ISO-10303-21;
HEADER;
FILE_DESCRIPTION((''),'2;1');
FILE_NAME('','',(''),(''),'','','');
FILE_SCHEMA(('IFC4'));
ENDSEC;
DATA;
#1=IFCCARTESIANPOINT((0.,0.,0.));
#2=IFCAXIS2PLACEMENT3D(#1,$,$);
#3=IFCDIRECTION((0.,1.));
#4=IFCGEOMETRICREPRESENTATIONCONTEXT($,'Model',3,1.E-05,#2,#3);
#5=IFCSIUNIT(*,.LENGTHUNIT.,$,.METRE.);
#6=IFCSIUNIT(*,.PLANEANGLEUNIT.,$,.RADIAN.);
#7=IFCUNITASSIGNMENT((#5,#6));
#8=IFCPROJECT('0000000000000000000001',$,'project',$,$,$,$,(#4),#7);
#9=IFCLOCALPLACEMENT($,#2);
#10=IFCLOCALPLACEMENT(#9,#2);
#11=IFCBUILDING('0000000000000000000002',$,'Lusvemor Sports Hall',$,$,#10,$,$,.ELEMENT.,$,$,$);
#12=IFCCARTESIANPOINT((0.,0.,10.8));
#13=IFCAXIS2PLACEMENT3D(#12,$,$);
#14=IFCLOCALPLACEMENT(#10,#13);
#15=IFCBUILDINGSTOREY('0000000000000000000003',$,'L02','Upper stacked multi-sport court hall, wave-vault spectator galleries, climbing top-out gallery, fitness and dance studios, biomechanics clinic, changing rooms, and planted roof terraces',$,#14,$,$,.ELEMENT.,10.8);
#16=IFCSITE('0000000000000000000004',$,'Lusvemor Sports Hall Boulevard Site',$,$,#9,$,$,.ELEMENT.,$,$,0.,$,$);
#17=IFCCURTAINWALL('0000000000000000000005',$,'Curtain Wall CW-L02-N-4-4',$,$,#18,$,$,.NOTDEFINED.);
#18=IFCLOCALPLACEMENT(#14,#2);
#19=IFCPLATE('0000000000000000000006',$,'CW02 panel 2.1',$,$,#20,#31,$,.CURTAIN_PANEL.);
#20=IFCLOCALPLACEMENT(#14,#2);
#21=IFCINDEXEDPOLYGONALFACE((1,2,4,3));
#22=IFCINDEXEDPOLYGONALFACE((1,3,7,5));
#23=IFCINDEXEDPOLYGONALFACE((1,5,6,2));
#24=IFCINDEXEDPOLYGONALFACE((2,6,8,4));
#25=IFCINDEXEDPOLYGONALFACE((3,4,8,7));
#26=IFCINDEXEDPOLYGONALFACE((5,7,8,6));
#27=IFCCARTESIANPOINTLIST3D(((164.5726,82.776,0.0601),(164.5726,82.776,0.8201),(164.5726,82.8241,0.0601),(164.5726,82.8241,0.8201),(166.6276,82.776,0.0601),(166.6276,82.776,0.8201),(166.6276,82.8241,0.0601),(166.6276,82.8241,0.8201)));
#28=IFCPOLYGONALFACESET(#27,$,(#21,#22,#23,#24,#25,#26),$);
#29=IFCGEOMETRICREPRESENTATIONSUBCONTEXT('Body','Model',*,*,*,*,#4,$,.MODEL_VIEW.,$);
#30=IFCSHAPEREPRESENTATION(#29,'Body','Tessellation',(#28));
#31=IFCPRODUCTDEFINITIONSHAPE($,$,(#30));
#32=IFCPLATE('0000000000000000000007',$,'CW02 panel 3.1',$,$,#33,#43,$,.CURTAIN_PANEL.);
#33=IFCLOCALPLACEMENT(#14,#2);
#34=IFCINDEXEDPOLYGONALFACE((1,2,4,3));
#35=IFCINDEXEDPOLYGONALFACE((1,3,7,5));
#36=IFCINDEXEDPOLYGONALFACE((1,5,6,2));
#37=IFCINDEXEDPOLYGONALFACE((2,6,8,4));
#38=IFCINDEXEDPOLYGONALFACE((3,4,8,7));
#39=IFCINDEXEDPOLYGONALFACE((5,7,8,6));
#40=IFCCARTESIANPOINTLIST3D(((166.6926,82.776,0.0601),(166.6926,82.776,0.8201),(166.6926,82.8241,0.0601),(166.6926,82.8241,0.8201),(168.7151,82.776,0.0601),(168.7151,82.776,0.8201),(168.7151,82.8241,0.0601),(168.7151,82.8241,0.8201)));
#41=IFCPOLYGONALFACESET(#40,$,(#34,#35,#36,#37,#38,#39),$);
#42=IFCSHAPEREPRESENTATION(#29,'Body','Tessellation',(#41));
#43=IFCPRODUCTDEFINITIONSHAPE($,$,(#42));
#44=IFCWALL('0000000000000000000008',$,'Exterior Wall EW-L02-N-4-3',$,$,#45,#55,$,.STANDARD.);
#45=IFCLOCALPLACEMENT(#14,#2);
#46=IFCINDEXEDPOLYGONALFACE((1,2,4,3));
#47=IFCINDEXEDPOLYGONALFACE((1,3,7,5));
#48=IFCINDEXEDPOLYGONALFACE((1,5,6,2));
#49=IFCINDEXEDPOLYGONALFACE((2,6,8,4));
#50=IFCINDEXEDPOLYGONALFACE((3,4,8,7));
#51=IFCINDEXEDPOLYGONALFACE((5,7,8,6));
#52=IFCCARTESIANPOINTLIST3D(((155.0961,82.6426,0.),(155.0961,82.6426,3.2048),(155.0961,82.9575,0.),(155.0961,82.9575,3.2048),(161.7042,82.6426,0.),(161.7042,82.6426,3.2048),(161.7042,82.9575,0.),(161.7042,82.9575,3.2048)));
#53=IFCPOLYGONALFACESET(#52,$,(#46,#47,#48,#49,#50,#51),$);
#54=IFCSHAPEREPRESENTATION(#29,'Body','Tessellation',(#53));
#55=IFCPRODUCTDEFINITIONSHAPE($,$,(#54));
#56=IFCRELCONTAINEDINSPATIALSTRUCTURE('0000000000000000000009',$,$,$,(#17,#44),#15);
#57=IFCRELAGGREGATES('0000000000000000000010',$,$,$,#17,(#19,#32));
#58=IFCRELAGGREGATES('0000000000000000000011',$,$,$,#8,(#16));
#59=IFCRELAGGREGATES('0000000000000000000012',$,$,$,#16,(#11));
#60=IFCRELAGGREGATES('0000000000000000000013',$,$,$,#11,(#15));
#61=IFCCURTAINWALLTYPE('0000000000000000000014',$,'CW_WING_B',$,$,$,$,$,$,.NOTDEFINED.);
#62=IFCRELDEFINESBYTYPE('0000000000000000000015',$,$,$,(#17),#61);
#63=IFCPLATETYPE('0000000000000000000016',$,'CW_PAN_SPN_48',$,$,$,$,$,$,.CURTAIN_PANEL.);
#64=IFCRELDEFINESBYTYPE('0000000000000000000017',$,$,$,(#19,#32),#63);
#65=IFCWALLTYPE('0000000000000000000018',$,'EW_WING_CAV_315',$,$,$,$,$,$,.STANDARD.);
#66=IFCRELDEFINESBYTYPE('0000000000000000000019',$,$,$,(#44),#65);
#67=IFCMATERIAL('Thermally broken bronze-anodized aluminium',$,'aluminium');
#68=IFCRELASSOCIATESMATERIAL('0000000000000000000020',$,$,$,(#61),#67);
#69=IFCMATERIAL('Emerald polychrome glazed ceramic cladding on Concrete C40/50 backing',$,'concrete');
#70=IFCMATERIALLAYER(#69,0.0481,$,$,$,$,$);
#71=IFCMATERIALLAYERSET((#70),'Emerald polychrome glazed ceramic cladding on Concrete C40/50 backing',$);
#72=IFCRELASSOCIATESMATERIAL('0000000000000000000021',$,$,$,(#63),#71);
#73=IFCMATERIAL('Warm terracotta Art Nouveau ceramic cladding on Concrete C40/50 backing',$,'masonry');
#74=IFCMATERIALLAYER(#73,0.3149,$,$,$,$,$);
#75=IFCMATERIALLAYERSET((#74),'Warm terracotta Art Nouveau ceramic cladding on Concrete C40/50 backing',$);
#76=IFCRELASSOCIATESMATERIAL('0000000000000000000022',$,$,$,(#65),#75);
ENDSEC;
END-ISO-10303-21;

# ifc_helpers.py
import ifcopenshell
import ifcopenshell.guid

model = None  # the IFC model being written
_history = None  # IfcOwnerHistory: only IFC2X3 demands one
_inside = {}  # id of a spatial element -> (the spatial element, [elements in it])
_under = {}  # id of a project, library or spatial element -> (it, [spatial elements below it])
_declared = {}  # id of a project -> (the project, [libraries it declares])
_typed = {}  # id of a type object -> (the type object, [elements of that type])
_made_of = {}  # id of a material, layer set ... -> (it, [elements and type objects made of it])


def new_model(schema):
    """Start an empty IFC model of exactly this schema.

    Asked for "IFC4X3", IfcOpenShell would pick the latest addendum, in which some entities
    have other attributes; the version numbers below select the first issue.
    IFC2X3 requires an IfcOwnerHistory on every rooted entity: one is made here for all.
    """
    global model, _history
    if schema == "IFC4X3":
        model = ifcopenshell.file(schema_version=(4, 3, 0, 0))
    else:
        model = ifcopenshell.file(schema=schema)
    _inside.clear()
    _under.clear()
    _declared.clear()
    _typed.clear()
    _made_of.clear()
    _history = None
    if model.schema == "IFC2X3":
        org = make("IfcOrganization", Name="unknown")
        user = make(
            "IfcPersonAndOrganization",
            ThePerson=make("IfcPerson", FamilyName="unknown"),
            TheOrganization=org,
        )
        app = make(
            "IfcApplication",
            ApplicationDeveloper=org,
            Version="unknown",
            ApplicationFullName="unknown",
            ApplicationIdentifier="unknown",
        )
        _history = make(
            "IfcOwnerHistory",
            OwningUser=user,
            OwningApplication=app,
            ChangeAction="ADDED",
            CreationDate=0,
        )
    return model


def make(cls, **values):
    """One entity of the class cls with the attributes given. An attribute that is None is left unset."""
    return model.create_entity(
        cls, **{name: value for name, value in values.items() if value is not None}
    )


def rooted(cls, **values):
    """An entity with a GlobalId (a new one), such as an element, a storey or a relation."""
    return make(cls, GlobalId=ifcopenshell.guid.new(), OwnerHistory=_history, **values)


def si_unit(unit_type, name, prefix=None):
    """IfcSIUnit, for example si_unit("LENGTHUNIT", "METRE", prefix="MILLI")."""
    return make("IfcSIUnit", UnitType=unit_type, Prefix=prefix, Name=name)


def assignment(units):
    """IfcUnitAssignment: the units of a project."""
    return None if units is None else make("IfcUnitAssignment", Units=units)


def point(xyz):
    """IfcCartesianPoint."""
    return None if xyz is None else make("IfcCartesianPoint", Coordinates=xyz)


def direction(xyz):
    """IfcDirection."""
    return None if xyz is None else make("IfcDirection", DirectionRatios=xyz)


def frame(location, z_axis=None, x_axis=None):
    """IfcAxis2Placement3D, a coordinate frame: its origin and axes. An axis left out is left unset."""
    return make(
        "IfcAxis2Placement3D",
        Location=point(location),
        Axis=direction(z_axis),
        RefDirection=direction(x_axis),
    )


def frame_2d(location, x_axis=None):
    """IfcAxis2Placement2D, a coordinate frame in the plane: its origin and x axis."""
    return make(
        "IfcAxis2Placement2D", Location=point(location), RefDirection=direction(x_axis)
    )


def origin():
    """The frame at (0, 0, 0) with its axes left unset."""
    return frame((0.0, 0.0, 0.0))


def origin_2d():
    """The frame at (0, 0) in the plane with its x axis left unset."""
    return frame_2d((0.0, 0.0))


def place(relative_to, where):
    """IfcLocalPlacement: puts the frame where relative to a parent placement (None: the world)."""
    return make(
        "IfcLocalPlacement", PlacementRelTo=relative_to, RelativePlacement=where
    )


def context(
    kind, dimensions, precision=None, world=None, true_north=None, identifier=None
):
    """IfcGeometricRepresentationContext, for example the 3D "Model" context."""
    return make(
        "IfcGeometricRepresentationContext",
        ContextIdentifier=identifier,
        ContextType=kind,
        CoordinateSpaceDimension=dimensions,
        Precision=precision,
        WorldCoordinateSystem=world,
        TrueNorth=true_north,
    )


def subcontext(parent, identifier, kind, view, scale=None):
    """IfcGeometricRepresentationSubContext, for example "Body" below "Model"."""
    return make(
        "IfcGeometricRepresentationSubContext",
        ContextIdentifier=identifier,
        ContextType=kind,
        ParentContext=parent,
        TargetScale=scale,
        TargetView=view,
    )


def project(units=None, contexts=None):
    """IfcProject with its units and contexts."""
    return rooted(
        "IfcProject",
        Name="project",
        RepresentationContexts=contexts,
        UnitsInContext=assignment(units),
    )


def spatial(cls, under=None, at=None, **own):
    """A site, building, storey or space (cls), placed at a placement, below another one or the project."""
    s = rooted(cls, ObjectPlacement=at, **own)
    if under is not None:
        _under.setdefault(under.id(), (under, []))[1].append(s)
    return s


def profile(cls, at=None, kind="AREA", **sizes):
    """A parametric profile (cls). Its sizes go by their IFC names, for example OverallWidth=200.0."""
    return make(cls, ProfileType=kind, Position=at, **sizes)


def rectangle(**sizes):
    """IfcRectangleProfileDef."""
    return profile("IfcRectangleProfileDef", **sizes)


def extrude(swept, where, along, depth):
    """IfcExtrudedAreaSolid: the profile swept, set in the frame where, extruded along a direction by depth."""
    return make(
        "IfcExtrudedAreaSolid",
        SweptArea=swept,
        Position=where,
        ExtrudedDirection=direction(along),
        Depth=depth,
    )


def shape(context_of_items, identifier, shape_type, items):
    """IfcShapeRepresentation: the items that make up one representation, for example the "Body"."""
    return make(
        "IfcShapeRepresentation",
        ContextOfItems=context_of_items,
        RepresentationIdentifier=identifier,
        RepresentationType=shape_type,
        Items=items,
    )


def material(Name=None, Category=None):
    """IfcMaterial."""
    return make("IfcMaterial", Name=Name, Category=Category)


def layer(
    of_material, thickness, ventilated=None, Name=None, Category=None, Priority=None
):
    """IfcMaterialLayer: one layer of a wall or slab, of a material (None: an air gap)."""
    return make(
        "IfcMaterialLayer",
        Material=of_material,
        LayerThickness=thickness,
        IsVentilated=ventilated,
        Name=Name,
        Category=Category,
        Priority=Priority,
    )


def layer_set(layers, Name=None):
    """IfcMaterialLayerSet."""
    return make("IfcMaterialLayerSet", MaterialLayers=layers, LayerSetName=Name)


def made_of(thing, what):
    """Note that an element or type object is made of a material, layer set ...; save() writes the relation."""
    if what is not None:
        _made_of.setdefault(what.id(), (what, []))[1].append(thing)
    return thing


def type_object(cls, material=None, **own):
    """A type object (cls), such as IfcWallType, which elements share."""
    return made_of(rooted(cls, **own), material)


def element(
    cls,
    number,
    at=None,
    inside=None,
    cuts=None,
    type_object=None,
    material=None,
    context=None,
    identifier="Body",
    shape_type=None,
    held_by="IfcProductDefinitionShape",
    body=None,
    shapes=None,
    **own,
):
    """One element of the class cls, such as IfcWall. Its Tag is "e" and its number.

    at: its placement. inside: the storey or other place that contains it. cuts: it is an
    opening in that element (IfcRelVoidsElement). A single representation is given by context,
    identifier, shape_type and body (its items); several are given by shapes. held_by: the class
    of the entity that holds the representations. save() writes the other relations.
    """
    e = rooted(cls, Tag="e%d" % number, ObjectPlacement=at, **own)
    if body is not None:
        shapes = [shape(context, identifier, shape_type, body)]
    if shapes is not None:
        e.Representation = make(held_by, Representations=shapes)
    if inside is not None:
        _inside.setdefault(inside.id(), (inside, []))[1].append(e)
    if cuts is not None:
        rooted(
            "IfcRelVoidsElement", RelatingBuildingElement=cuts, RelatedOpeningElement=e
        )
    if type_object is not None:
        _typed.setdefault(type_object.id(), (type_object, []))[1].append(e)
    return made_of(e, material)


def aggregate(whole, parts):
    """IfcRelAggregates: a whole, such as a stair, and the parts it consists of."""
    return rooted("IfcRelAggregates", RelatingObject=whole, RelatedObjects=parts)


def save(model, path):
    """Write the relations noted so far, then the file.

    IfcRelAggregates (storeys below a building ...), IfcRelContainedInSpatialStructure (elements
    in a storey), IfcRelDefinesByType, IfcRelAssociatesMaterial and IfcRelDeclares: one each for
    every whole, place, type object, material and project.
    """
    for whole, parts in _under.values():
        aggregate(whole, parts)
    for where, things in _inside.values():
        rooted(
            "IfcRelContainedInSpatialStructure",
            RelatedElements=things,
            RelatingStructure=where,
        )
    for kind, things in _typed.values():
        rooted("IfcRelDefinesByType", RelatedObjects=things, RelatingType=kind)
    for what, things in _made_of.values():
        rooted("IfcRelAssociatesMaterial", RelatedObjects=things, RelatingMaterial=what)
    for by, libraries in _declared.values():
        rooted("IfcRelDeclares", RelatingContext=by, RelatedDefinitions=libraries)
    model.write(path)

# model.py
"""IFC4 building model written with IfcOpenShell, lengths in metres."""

from ifc_helpers import new_model, si_unit, direction, frame, frame_2d, origin, origin_2d, place, context, subcontext, project, spatial, rectangle, extrude, material, layer, layer_set, type_object, element, aggregate, save


model = new_model("IFC4")

# Units and contexts
model_context = context("Model", 3, precision=1e-05, world=origin(), true_north=direction((0.0, 1.0)))
body_context = subcontext(model_context, "Body", "Model", "MODEL_VIEW")
ifc_project = project(units=[si_unit("LENGTHUNIT", "METRE"), si_unit("PLANEANGLEUNIT", "RADIAN")], contexts=[model_context])

# Site, building, storey
site_placement = place(None, origin())
site = spatial("IfcSite", under=ifc_project, at=site_placement, Name="Lusvemor Sports Hall Boulevard Site", CompositionType="ELEMENT", RefElevation=0.0)
building_placement = place(site_placement, origin())
building = spatial("IfcBuilding", under=site, at=building_placement, Name="Lusvemor Sports Hall", CompositionType="ELEMENT")
storey_placement = place(building_placement, frame((0.0, 0.0, 10.8)))
storey = spatial("IfcBuildingStorey", under=building, at=storey_placement, Name="L02", Description="Upper stacked multi-sport court hall, wave-vault spectator galleries, climbing top-out gallery, fitness and dance studios, biomechanics clinic, changing rooms, and planted roof terraces", CompositionType="ELEMENT", Elevation=10.8)

# Curtain wall, plates
ifc_material_1 = material(Name="Thermally broken bronze-anodized aluminium", Category="aluminium")
curtain_wall_type = type_object("IfcCurtainWallType", Name="CW_WING_B", PredefinedType="NOTDEFINED", material=ifc_material_1)
curtain_wall_placement = place(storey_placement, origin())
curtain_wall = element("IfcCurtainWall", 1, at=curtain_wall_placement, inside=storey, type_object=curtain_wall_type, Name="Curtain Wall CW-L02-N-4-4", PredefinedType="NOTDEFINED")
ifc_material_2 = material(Name="Emerald polychrome glazed ceramic cladding on Concrete C40/50 backing", Category="concrete")
ifc_layer_1 = layer(ifc_material_2, 0.0481)
ifc_layer_set_1 = layer_set([ifc_layer_1], Name="Emerald polychrome glazed ceramic cladding on Concrete C40/50 backing")
plate_type_1 = type_object("IfcPlateType", Name="CW_PAN_SPN_48", PredefinedType="CURTAIN_PANEL", material=ifc_layer_set_1)
plate_1_placement = place(storey_placement, frame((165.6001, 82.8, 0.0601), z_axis=(0.0, 0.0, 1.0), x_axis=(1.0, 0.0, 0.0)))
plate_1 = element("IfcPlate", 2, at=plate_1_placement, type_object=plate_type_1, Name="CW02 panel 2.1", PredefinedType="CURTAIN_PANEL", context=body_context, shape_type="SweptSolid", body=[
    extrude(rectangle(XDim=2.0549, YDim=0.0481, at=origin_2d()), origin(), (0.0, 0.0, 1.0), 0.76),
])
plate_2_placement = place(storey_placement, frame((167.7039, 82.8, 0.0601), z_axis=(0.0, 0.0, 1.0), x_axis=(1.0, 0.0, 0.0)))
plate_2 = element("IfcPlate", 3, at=plate_2_placement, type_object=plate_type_1, Name="CW02 panel 3.1", PredefinedType="CURTAIN_PANEL", context=body_context, shape_type="SweptSolid", body=[
    extrude(rectangle(XDim=2.0225, YDim=0.0481, at=origin_2d()), origin(), (0.0, 0.0, 1.0), 0.76),
])
aggregate(curtain_wall, [plate_1, plate_2])

# Wall
ifc_material_3 = material(Name="Warm terracotta Art Nouveau ceramic cladding on Concrete C40/50 backing", Category="masonry")
ifc_layer_2 = layer(ifc_material_3, 0.3149)
ifc_layer_set_2 = layer_set([ifc_layer_2], Name="Warm terracotta Art Nouveau ceramic cladding on Concrete C40/50 backing")
wall_type = type_object("IfcWallType", Name="EW_WING_CAV_315", PredefinedType="STANDARD", material=ifc_layer_set_2)
wall_placement = place(storey_placement, frame((155.0959, 82.8, 0.0), z_axis=(0.0, 0.0, 1.0), x_axis=(1.0, 0.0, 0.0)))
element("IfcWall", 4, at=wall_placement, inside=storey, type_object=wall_type, Name="Exterior Wall EW-L02-N-4-3", PredefinedType="STANDARD", context=body_context, shape_type="SweptSolid", body=[
    extrude(rectangle(XDim=6.6082, YDim=0.3149, at=frame_2d((3.3042, 0.0))), origin(), (0.0, 0.0, 1.0), 3.2048),
])

save(model, "model.ifc")
